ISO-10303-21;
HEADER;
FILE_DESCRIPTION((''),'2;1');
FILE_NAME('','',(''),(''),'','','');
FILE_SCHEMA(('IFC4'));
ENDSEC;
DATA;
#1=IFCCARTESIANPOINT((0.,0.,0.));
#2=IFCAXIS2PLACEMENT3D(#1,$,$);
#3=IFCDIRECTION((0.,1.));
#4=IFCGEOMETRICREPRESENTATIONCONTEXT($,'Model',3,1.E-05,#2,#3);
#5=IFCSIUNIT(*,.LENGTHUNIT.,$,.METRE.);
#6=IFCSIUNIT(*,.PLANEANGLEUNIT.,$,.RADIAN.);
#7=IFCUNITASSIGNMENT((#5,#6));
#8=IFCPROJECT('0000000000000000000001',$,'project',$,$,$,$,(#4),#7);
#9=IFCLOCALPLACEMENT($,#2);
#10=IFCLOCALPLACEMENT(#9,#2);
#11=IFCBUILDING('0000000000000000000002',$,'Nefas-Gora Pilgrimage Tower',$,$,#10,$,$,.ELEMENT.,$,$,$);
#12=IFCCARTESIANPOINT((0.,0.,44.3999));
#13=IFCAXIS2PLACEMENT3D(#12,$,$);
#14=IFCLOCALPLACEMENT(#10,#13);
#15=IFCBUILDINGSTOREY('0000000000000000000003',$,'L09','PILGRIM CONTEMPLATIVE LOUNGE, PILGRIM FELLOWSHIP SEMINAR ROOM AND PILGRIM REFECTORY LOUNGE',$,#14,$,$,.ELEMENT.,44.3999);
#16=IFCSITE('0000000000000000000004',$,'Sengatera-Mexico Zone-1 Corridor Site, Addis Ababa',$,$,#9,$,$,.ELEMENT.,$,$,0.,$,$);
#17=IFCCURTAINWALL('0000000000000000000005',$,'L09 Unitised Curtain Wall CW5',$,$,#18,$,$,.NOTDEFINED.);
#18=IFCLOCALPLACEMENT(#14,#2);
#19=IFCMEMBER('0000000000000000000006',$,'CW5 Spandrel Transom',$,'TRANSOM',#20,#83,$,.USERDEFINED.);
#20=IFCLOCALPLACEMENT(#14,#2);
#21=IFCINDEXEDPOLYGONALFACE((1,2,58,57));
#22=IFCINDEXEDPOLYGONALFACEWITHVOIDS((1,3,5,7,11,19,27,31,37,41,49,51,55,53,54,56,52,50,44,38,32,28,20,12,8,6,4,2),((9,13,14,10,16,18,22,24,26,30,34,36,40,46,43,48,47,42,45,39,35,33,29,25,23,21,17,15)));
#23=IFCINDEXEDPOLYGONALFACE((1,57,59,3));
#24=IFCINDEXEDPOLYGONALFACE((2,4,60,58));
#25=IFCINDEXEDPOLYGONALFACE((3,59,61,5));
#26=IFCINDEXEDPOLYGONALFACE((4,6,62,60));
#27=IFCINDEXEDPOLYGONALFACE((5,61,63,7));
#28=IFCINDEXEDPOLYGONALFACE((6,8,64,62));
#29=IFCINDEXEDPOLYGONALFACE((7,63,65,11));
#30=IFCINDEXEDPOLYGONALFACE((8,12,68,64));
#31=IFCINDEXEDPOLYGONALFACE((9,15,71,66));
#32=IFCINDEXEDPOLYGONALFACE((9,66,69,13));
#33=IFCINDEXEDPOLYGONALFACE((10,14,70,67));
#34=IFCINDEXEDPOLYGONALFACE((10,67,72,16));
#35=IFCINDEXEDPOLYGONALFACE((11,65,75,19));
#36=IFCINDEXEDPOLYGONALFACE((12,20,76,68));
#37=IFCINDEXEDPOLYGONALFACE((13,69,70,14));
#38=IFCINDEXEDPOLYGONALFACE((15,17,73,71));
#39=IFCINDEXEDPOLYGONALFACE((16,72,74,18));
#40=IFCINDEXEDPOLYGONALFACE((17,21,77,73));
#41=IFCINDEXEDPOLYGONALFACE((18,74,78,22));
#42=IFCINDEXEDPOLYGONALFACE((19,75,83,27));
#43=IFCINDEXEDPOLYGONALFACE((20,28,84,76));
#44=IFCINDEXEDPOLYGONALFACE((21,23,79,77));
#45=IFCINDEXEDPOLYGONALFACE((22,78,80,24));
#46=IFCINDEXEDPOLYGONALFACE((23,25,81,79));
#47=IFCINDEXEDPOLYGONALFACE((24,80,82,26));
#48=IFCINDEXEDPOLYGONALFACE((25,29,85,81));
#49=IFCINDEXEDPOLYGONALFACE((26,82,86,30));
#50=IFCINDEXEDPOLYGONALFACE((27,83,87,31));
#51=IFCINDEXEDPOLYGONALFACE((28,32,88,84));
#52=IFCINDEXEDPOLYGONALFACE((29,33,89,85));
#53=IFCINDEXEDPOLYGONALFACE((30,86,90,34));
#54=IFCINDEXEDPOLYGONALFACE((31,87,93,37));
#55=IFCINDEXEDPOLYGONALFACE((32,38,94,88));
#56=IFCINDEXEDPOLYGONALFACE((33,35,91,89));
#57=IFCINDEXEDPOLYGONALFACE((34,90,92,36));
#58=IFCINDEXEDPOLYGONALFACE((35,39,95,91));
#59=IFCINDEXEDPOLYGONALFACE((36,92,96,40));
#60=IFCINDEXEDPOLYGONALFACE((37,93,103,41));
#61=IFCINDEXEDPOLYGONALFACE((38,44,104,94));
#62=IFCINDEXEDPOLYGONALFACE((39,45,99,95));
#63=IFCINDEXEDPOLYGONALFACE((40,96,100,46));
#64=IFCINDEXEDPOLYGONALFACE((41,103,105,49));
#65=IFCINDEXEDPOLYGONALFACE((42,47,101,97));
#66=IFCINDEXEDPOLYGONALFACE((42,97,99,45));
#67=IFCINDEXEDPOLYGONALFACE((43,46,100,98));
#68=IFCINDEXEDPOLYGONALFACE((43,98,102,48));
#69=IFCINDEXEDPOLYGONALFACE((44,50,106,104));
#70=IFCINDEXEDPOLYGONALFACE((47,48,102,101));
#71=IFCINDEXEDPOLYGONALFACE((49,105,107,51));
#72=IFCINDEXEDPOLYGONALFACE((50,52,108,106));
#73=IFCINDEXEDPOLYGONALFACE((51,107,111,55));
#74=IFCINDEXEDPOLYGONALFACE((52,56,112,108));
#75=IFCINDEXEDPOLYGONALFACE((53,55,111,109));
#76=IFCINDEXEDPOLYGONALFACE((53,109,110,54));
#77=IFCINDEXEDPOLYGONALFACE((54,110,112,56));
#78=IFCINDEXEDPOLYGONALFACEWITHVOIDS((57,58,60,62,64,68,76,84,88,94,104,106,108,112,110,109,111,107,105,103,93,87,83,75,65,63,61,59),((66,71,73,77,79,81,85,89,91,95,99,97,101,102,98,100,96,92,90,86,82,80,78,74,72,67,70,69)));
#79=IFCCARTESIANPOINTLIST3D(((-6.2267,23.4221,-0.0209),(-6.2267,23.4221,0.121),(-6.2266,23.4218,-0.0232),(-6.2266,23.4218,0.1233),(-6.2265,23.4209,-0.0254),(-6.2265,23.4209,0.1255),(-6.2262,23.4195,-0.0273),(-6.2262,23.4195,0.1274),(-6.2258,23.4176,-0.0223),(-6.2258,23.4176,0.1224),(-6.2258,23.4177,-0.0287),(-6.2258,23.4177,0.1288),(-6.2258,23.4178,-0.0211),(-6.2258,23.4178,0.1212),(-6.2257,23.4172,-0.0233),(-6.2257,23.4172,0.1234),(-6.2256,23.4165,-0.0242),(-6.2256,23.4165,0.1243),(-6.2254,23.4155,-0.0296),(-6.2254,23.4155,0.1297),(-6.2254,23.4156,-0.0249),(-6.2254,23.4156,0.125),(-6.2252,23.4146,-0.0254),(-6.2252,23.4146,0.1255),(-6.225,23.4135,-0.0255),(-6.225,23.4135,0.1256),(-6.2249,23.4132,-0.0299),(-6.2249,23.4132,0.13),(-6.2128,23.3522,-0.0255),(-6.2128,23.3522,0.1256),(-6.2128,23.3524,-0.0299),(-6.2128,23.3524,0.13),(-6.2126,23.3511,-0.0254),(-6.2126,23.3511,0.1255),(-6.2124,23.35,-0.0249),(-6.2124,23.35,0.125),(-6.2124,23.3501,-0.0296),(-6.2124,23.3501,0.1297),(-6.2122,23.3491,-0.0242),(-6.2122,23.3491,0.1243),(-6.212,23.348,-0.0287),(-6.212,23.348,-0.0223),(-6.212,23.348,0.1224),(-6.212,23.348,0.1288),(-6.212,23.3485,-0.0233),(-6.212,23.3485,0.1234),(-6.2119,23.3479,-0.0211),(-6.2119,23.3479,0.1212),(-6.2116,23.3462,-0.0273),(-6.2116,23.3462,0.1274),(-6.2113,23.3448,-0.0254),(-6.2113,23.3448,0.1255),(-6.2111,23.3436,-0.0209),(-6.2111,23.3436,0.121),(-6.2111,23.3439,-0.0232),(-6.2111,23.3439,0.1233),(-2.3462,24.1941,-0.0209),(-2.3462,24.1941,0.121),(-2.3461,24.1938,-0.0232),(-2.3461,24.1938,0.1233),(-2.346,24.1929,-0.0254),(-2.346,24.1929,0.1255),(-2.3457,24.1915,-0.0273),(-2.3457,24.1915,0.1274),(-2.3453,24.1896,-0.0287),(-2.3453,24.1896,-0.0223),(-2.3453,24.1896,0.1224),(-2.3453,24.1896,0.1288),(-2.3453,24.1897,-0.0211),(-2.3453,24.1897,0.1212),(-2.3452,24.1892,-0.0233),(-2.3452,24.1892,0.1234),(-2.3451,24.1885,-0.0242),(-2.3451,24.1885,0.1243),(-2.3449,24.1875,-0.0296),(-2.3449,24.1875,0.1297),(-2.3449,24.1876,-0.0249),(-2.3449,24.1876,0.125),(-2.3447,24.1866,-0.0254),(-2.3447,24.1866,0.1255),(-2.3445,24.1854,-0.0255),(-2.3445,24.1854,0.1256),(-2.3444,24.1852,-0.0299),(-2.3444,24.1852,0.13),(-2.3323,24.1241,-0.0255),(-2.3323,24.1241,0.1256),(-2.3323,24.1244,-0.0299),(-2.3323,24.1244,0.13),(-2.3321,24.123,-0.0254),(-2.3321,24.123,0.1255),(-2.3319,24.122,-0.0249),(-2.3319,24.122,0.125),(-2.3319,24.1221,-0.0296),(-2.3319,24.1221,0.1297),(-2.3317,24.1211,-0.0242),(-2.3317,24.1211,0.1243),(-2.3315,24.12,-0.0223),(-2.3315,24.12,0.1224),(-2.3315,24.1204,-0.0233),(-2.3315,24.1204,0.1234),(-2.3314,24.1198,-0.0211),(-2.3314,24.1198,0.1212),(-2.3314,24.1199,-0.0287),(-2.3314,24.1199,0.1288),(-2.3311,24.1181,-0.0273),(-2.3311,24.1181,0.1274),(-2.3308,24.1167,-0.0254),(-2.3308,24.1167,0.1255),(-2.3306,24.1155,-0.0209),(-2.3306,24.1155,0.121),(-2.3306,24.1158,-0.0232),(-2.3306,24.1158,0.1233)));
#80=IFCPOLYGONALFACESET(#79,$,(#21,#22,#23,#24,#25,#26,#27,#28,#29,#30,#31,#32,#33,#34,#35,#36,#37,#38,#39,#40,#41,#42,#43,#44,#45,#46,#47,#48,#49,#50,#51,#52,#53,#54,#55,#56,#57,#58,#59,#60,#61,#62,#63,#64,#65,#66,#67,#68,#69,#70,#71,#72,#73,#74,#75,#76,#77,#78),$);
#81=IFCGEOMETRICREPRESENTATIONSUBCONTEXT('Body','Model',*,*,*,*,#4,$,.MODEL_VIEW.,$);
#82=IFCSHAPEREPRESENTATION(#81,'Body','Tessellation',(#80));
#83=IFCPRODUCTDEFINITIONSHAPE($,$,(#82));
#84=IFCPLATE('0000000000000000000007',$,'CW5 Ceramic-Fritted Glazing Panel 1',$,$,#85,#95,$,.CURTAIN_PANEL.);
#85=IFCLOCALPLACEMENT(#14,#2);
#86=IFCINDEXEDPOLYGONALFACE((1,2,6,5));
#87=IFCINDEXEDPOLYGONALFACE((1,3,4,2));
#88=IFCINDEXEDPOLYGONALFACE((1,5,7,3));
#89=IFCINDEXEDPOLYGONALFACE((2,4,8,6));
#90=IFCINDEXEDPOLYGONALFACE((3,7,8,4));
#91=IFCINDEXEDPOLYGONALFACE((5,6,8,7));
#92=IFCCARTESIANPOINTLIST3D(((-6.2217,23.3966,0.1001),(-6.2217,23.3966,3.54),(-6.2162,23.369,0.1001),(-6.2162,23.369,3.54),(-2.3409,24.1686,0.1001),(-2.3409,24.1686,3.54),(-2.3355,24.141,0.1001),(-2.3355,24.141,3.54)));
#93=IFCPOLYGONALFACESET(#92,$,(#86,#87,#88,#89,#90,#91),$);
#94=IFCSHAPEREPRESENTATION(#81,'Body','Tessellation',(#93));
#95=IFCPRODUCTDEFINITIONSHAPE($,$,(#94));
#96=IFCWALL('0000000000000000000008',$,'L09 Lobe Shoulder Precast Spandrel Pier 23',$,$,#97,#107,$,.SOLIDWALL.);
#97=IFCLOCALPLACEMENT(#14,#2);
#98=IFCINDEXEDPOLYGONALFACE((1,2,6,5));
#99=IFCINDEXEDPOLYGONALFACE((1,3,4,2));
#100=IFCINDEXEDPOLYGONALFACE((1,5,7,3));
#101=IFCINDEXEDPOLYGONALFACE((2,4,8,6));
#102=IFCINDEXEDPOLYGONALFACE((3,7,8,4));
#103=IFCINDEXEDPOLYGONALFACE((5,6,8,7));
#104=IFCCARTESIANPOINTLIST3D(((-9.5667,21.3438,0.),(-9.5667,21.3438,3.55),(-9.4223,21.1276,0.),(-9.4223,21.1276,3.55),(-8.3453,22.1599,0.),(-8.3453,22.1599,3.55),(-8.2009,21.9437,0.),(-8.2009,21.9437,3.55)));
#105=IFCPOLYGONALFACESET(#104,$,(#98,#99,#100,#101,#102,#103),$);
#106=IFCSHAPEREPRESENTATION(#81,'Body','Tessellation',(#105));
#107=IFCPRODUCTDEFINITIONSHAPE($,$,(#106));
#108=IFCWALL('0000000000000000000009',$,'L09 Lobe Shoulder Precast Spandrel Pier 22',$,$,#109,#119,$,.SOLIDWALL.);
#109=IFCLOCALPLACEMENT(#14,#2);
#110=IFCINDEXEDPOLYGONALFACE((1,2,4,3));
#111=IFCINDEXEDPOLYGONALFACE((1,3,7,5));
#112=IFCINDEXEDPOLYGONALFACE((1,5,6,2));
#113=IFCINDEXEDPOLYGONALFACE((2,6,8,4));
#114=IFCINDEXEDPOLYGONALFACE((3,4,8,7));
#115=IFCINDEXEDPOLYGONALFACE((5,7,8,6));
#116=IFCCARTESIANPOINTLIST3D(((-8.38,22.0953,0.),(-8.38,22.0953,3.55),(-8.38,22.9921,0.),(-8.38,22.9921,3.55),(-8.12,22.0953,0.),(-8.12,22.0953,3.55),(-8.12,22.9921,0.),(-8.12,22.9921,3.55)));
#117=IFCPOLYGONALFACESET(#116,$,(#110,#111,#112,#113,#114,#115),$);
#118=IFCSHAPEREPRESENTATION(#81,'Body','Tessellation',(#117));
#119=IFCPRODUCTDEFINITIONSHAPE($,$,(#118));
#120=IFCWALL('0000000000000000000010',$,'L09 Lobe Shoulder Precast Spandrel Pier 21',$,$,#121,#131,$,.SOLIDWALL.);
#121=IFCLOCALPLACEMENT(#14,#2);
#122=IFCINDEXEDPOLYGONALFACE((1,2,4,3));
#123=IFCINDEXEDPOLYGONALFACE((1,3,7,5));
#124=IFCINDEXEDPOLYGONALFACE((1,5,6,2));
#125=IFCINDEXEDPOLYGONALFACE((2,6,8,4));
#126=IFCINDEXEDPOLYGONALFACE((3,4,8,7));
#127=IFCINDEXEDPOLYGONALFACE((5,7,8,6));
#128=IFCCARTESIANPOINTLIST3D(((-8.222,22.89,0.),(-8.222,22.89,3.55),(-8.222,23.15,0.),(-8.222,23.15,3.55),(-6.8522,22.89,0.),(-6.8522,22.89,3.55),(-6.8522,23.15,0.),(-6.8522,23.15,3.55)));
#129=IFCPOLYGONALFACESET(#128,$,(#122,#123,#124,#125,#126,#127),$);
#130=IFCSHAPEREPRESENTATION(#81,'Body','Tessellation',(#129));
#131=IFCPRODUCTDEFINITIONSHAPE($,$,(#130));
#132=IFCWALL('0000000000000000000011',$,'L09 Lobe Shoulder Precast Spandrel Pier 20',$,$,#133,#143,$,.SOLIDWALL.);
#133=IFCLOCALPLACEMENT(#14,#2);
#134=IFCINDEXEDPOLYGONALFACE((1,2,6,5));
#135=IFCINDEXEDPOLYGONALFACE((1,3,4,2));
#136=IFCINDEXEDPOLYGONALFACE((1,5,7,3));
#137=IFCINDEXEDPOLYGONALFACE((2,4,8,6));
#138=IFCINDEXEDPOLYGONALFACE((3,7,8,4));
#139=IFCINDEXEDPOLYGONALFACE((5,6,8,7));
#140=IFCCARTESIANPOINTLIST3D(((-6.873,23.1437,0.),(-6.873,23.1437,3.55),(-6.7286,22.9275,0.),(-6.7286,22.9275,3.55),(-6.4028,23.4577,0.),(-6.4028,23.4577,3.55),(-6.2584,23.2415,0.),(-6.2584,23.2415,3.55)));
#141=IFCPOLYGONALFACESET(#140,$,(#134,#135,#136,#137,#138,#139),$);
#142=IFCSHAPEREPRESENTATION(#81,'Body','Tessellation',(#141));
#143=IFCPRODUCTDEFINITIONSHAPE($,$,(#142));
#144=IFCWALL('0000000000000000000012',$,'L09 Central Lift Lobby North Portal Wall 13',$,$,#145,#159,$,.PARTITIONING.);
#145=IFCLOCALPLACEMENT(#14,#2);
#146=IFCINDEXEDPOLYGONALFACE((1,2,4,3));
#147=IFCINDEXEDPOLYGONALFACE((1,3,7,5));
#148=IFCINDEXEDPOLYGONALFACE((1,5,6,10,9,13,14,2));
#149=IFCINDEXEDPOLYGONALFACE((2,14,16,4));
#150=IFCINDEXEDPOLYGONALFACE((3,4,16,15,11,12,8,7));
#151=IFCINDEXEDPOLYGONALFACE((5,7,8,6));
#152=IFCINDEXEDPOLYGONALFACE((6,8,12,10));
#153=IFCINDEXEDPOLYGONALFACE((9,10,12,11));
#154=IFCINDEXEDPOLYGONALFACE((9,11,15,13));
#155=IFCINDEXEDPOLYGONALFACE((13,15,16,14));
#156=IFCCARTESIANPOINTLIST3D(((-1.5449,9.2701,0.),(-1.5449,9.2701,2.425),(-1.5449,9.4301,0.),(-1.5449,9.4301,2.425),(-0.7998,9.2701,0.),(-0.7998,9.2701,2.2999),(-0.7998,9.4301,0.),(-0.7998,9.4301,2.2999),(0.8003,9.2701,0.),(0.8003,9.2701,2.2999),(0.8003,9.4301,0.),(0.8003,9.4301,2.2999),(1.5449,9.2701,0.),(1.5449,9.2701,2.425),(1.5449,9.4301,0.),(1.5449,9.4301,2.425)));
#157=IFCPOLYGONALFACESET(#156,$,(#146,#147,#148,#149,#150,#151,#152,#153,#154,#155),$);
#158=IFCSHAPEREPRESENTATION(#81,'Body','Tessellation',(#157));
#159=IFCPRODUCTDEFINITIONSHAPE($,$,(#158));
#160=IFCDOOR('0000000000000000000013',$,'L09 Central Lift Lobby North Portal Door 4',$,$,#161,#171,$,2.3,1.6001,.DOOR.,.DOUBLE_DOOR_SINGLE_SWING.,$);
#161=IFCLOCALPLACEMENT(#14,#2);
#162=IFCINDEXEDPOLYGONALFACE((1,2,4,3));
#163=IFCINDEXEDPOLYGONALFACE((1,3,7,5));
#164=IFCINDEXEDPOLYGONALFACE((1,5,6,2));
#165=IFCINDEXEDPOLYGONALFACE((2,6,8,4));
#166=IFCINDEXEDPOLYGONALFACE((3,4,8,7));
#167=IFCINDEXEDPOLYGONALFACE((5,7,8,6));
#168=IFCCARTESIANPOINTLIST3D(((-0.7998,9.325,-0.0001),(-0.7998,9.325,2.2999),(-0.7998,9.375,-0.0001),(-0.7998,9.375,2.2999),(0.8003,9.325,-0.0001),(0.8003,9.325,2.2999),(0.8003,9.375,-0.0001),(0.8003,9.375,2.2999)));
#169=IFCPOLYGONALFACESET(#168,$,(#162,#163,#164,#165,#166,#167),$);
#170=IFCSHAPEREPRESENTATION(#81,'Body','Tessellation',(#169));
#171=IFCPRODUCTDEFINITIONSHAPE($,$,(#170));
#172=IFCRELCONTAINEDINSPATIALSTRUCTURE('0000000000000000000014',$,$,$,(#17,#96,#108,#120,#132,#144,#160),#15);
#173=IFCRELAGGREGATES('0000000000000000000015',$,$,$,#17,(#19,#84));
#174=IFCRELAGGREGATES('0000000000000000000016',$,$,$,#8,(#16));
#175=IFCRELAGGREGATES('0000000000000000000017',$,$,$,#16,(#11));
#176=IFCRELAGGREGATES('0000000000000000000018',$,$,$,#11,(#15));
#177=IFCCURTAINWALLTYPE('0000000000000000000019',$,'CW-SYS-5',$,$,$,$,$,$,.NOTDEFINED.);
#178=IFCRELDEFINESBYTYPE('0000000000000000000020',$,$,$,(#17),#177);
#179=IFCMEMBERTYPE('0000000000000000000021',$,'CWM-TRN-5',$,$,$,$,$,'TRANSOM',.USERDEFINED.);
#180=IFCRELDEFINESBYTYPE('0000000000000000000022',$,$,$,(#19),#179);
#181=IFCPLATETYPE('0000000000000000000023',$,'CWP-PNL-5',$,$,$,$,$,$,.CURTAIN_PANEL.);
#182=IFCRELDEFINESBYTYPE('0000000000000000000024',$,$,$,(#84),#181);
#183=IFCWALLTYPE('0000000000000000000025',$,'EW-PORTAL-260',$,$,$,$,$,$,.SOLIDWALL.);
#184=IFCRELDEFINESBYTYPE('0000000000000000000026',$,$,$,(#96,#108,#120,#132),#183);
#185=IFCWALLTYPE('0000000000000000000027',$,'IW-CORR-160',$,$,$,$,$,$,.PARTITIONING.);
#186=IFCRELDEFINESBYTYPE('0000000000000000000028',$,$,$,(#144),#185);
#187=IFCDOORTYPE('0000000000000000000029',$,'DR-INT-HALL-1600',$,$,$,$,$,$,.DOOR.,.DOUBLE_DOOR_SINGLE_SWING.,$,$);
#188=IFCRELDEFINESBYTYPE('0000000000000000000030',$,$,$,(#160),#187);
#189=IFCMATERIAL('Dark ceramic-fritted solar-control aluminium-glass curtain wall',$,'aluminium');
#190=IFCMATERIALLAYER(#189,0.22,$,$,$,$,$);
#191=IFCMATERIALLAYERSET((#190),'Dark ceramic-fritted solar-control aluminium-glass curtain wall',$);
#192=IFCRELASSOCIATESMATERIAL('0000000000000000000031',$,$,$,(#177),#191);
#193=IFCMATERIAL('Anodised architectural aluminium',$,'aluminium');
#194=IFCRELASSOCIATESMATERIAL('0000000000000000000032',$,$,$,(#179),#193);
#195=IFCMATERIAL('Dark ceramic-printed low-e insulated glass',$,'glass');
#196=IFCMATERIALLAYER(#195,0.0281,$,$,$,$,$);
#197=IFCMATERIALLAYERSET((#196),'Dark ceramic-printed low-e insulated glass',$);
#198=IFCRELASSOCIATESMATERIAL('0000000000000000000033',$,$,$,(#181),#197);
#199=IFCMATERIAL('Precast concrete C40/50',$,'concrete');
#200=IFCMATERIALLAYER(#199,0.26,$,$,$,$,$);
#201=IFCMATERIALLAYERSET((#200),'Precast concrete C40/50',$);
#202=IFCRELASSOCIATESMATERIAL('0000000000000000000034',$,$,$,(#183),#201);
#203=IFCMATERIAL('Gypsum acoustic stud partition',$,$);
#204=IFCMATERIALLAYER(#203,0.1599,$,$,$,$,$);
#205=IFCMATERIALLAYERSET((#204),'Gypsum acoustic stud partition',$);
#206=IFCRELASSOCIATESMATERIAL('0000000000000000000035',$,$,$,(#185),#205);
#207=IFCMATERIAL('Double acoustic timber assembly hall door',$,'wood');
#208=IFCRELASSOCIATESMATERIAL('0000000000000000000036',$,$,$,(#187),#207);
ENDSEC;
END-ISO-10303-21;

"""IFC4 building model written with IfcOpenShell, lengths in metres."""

from ifc_helpers import new_model, si_unit, direction, frame, frame_2d, origin, origin_2d, place, context, subcontext, project, spatial, rectangle, hollow_rectangle, extrude, source, transform, mapped, material, layer, layer_set, material_profile, profile_set, type_object, element, fill, aggregate, save


model = new_model("IFC4")

# Units and contexts
model_context = context("Model", 3, precision=1e-05, world=origin(), true_north=direction((0.0, 1.0)))
body_context = subcontext(model_context, "Body", "Model", "MODEL_VIEW")
ifc_project = project(units=[si_unit("LENGTHUNIT", "METRE"), si_unit("PLANEANGLEUNIT", "RADIAN")], contexts=[model_context])

# Site, building, storey
site_placement = place(None, origin())
site = spatial("IfcSite", under=ifc_project, at=site_placement, Name="Sengatera-Mexico Zone-1 Corridor Site, Addis Ababa", CompositionType="ELEMENT", RefElevation=0.0)
building_placement = place(site_placement, origin())
building = spatial("IfcBuilding", under=site, at=building_placement, Name="Nefas-Gora Pilgrimage Tower", CompositionType="ELEMENT")
storey_placement = place(building_placement, frame((0.0, 0.0, 44.3999)))
storey = spatial("IfcBuildingStorey", under=building, at=storey_placement, Name="L09", Description="PILGRIM CONTEMPLATIVE LOUNGE, PILGRIM FELLOWSHIP SEMINAR ROOM AND PILGRIM REFECTORY LOUNGE", CompositionType="ELEMENT", Elevation=44.3999)

# Curtain wall
ifc_material_1 = material(Name="Dark ceramic-fritted solar-control aluminium-glass curtain wall", Category="aluminium")
ifc_layer_1 = layer(ifc_material_1, 0.22)
ifc_layer_set_1 = layer_set([ifc_layer_1], Name="Dark ceramic-fritted solar-control aluminium-glass curtain wall")
curtain_wall_type = type_object("IfcCurtainWallType", Name="CW-SYS-5", PredefinedType="NOTDEFINED", material=ifc_layer_set_1)
curtain_wall_1_placement = place(storey_placement, origin())
curtain_wall_1 = element("IfcCurtainWall", 1, at=curtain_wall_1_placement, inside=storey, type_object=curtain_wall_type, Name="L09 Unitised Curtain Wall CW5", PredefinedType="NOTDEFINED")
ifc_material_2 = material(Name="Anodised architectural aluminium", Category="aluminium")
ifc_material_profile_1 = material_profile(ifc_material_2, hollow_rectangle(XDim=0.0801, YDim=0.1599, WallThickness=0.0044, InnerFilletRadius=0.0044, OuterFilletRadius=0.009, at=origin_2d()), Name="ALU TRANSOM 80x160")
ifc_profile_set_1 = profile_set([ifc_material_profile_1], Name="Anodised architectural aluminium")
member_type_1 = type_object("IfcMemberType", Name="CWM-TRN-5", ElementType="TRANSOM", PredefinedType="USERDEFINED", material=ifc_profile_set_1)

# Member
shared_shape_1 = source(origin(), body_context, "Body", "SweptSolid", [
    extrude(hollow_rectangle(XDim=0.0801, YDim=0.1599, WallThickness=0.0044, InnerFilletRadius=0.0044, OuterFilletRadius=0.009, at=origin_2d()), origin(), (0.0, 0.0, 1.0), 3.9565),
])
member_1_placement = place(storey_placement, frame((-2.3384, 24.1548, 0.05), z_axis=(-0.980782, -0.195107, 0.0), x_axis=(0.195107, -0.980782, 0.0)))
member_1 = element("IfcMember", 2, at=member_1_placement, type_object=member_type_1, Name="CW5 Spandrel Transom", ObjectType="TRANSOM", PredefinedType="USERDEFINED", context=body_context, shape_type="MappedRepresentation", body=[
    mapped(shared_shape_1, transform((0.0, 0.0, 0.0), x_axis=(1.0, 0.0, 0.0), y_axis=(0.0, 1.0, 0.0), z_axis=(0.0, 0.0, 1.0), scale=1.0)),
])

# Plate
ifc_material_3 = material(Name="Dark ceramic-printed low-e insulated glass", Category="glass")
ifc_layer_2 = layer(ifc_material_3, 0.0281)
ifc_layer_set_2 = layer_set([ifc_layer_2], Name="Dark ceramic-printed low-e insulated glass")
plate_type = type_object("IfcPlateType", Name="CWP-PNL-5", PredefinedType="CURTAIN_PANEL", material=ifc_layer_set_2)
shared_shape_2 = source(origin(), body_context, "Body", "SweptSolid", [
    extrude(rectangle(XDim=3.9568, YDim=0.0281, at=origin_2d()), origin(), (0.0, 0.0, 1.0), 3.4399),
])
plate_placement = place(storey_placement, frame((-4.2786, 23.7688, 0.1001), z_axis=(0.0, 0.0, 1.0), x_axis=(-0.980783, -0.195102, 0.0)))
plate = element("IfcPlate", 3, at=plate_placement, type_object=plate_type, Name="CW5 Ceramic-Fritted Glazing Panel 1", PredefinedType="CURTAIN_PANEL", context=body_context, shape_type="MappedRepresentation", body=[
    mapped(shared_shape_2, transform((0.0, 0.0, 0.0), x_axis=(1.0, 0.0, 0.0), y_axis=(0.0, 1.0, 0.0), z_axis=(0.0, 0.0, 1.0), scale=1.0)),
])
aggregate(curtain_wall_1, [member_1, plate])

# Walls
ifc_material_4 = material(Name="Precast concrete C40/50", Category="concrete")
ifc_layer_3 = layer(ifc_material_4, 0.26)
ifc_layer_set_3 = layer_set([ifc_layer_3], Name="Precast concrete C40/50")
wall_type_1 = type_object("IfcWallType", Name="EW-PORTAL-260", PredefinedType="SOLIDWALL", material=ifc_layer_set_3)
shared_shape_3 = source(origin(), body_context, "Body", "SweptSolid", [
    extrude(rectangle(XDim=1.469, YDim=0.26, at=frame_2d((0.7344, 0.0))), origin(), (0.0, 0.0, 1.0), 3.55),
])
wall_1_placement = place(storey_placement, frame((-8.2732, 22.0518, 0.0), z_axis=(0.0, 0.0, 1.0), x_axis=(-0.831462, -0.555582, 0.0)))
element("IfcWall", 4, at=wall_1_placement, inside=storey, type_object=wall_type_1, Name="L09 Lobe Shoulder Precast Spandrel Pier 23", PredefinedType="SOLIDWALL", context=body_context, shape_type="MappedRepresentation", body=[
    mapped(shared_shape_3, transform((0.0, 0.0, 0.0), x_axis=(1.0, 0.0, 0.0), y_axis=(0.0, 1.0, 0.0), z_axis=(0.0, 0.0, 1.0), scale=1.0)),
])
shared_shape_4 = source(origin(), body_context, "Body", "SweptSolid", [
    extrude(rectangle(XDim=0.8967, YDim=0.26, at=frame_2d((0.4482, 0.0))), origin(), (0.0, 0.0, 1.0), 3.55),
])
wall_2_placement = place(storey_placement, frame((-8.25, 22.9919, 0.0), z_axis=(0.0, 0.0, 1.0), x_axis=(0.0, -1.0, 0.0)))
element("IfcWall", 5, at=wall_2_placement, inside=storey, type_object=wall_type_1, Name="L09 Lobe Shoulder Precast Spandrel Pier 22", PredefinedType="SOLIDWALL", context=body_context, shape_type="MappedRepresentation", body=[
    mapped(shared_shape_4, transform((0.0, 0.0, 0.0), x_axis=(1.0, 0.0, 0.0), y_axis=(0.0, 1.0, 0.0), z_axis=(0.0, 0.0, 1.0), scale=1.0)),
])
shared_shape_5 = source(origin(), body_context, "Body", "SweptSolid", [
    extrude(rectangle(XDim=1.3699, YDim=0.26, at=frame_2d((0.6851, 0.0))), origin(), (0.0, 0.0, 1.0), 3.55),
])
wall_3_placement = place(storey_placement, frame((-6.8521, 23.02, 0.0), z_axis=(0.0, 0.0, 1.0), x_axis=(-1.0, 0.0, 0.0)))
element("IfcWall", 6, at=wall_3_placement, inside=storey, type_object=wall_type_1, Name="L09 Lobe Shoulder Precast Spandrel Pier 21", PredefinedType="SOLIDWALL", context=body_context, shape_type="MappedRepresentation", body=[
    mapped(shared_shape_5, transform((0.0, 0.0, 0.0), x_axis=(1.0, 0.0, 0.0), y_axis=(0.0, 1.0, 0.0), z_axis=(0.0, 0.0, 1.0), scale=1.0)),
])
shared_shape_6 = source(origin(), body_context, "Body", "SweptSolid", [
    extrude(rectangle(XDim=0.5654, YDim=0.26, at=frame_2d((0.2827, 0.0))), origin(), (0.0, 0.0, 1.0), 3.55),
])
wall_4_placement = place(storey_placement, frame((-6.3306, 23.3496, 0.0), z_axis=(0.0, 0.0, 1.0), x_axis=(-0.831651, -0.555298, 0.0)))
element("IfcWall", 7, at=wall_4_placement, inside=storey, type_object=wall_type_1, Name="L09 Lobe Shoulder Precast Spandrel Pier 20", PredefinedType="SOLIDWALL", context=body_context, shape_type="MappedRepresentation", body=[
    mapped(shared_shape_6, transform((0.0, 0.0, 0.0), x_axis=(1.0, 0.0, 0.0), y_axis=(0.0, 1.0, 0.0), z_axis=(0.0, 0.0, 1.0), scale=1.0)),
])

# Wall, opening, door
ifc_material_5 = material(Name="Gypsum acoustic stud partition")
ifc_layer_4 = layer(ifc_material_5, 0.1599)
ifc_layer_set_4 = layer_set([ifc_layer_4], Name="Gypsum acoustic stud partition")
wall_type_2 = type_object("IfcWallType", Name="IW-CORR-160", PredefinedType="PARTITIONING", material=ifc_layer_set_4)
shared_shape_7 = source(origin(), body_context, "Body", "SweptSolid", [
    extrude(rectangle(XDim=3.0898, YDim=0.1599, at=frame_2d((1.5449, 0.0))), origin(), (0.0, 0.0, 1.0), 2.425),
])
wall_5_placement = place(storey_placement, frame((-1.5449, 9.3501, 0.0), z_axis=(0.0, 0.0, 1.0), x_axis=(1.0, 0.0, 0.0)))
wall_5 = element("IfcWall", 8, at=wall_5_placement, inside=storey, type_object=wall_type_2, Name="L09 Central Lift Lobby North Portal Wall 13", PredefinedType="PARTITIONING", context=body_context, shape_type="MappedRepresentation", body=[
    mapped(shared_shape_7, transform((0.0, 0.0, 0.0), x_axis=(1.0, 0.0, 0.0), y_axis=(0.0, 1.0, 0.0), z_axis=(0.0, 0.0, 1.0), scale=1.0)),
])
opening_1_placement = place(wall_5_placement, frame((0.7451, 0.0, 0.0)))
opening_1 = element("IfcOpeningElement", 9, at=opening_1_placement, cuts=wall_5, PredefinedType="OPENING", context=body_context, shape_type="SweptSolid", body=[
    extrude(rectangle(XDim=1.6001, YDim=2.3, at=frame_2d((0.8, 1.1499))), frame((0.0, 0.0898, 0.0), z_axis=(0.0, -1.0, 0.0), x_axis=(1.0, 0.0, 0.0)), (0.0, 0.0, 1.0), 0.1799),
])
ifc_material_6 = material(Name="Double acoustic timber assembly hall door", Category="wood")
door_type_1 = type_object("IfcDoorType", Name="DR-INT-HALL-1600", OperationType="DOUBLE_DOOR_SINGLE_SWING", PredefinedType="DOOR", material=ifc_material_6)
shared_shape_8 = source(origin(), body_context, "Body", "SweptSolid", [
    extrude(rectangle(XDim=1.6001, YDim=2.3, at=frame_2d((0.8, 1.1499))), frame((0.0, 0.0249, 0.0), z_axis=(0.0, -1.0, 0.0), x_axis=(1.0, 0.0, 0.0)), (0.0, 0.0, 1.0), 0.05),
])
door_1_placement = place(opening_1_placement, origin())
door_1 = element("IfcDoor", 10, at=door_1_placement, inside=storey, type_object=door_type_1, Name="L09 Central Lift Lobby North Portal Door 4", OperationType="DOUBLE_DOOR_SINGLE_SWING", OverallHeight=2.3, OverallWidth=1.6001, PredefinedType="DOOR", context=body_context, shape_type="MappedRepresentation", body=[
    mapped(shared_shape_8, transform((0.0, 0.0, 0.0), x_axis=(1.0, 0.0, 0.0), y_axis=(0.0, 1.0, 0.0), z_axis=(0.0, 0.0, 1.0), scale=1.0)),
])
fill(opening_1, door_1)

save(model, "model.ifc")
